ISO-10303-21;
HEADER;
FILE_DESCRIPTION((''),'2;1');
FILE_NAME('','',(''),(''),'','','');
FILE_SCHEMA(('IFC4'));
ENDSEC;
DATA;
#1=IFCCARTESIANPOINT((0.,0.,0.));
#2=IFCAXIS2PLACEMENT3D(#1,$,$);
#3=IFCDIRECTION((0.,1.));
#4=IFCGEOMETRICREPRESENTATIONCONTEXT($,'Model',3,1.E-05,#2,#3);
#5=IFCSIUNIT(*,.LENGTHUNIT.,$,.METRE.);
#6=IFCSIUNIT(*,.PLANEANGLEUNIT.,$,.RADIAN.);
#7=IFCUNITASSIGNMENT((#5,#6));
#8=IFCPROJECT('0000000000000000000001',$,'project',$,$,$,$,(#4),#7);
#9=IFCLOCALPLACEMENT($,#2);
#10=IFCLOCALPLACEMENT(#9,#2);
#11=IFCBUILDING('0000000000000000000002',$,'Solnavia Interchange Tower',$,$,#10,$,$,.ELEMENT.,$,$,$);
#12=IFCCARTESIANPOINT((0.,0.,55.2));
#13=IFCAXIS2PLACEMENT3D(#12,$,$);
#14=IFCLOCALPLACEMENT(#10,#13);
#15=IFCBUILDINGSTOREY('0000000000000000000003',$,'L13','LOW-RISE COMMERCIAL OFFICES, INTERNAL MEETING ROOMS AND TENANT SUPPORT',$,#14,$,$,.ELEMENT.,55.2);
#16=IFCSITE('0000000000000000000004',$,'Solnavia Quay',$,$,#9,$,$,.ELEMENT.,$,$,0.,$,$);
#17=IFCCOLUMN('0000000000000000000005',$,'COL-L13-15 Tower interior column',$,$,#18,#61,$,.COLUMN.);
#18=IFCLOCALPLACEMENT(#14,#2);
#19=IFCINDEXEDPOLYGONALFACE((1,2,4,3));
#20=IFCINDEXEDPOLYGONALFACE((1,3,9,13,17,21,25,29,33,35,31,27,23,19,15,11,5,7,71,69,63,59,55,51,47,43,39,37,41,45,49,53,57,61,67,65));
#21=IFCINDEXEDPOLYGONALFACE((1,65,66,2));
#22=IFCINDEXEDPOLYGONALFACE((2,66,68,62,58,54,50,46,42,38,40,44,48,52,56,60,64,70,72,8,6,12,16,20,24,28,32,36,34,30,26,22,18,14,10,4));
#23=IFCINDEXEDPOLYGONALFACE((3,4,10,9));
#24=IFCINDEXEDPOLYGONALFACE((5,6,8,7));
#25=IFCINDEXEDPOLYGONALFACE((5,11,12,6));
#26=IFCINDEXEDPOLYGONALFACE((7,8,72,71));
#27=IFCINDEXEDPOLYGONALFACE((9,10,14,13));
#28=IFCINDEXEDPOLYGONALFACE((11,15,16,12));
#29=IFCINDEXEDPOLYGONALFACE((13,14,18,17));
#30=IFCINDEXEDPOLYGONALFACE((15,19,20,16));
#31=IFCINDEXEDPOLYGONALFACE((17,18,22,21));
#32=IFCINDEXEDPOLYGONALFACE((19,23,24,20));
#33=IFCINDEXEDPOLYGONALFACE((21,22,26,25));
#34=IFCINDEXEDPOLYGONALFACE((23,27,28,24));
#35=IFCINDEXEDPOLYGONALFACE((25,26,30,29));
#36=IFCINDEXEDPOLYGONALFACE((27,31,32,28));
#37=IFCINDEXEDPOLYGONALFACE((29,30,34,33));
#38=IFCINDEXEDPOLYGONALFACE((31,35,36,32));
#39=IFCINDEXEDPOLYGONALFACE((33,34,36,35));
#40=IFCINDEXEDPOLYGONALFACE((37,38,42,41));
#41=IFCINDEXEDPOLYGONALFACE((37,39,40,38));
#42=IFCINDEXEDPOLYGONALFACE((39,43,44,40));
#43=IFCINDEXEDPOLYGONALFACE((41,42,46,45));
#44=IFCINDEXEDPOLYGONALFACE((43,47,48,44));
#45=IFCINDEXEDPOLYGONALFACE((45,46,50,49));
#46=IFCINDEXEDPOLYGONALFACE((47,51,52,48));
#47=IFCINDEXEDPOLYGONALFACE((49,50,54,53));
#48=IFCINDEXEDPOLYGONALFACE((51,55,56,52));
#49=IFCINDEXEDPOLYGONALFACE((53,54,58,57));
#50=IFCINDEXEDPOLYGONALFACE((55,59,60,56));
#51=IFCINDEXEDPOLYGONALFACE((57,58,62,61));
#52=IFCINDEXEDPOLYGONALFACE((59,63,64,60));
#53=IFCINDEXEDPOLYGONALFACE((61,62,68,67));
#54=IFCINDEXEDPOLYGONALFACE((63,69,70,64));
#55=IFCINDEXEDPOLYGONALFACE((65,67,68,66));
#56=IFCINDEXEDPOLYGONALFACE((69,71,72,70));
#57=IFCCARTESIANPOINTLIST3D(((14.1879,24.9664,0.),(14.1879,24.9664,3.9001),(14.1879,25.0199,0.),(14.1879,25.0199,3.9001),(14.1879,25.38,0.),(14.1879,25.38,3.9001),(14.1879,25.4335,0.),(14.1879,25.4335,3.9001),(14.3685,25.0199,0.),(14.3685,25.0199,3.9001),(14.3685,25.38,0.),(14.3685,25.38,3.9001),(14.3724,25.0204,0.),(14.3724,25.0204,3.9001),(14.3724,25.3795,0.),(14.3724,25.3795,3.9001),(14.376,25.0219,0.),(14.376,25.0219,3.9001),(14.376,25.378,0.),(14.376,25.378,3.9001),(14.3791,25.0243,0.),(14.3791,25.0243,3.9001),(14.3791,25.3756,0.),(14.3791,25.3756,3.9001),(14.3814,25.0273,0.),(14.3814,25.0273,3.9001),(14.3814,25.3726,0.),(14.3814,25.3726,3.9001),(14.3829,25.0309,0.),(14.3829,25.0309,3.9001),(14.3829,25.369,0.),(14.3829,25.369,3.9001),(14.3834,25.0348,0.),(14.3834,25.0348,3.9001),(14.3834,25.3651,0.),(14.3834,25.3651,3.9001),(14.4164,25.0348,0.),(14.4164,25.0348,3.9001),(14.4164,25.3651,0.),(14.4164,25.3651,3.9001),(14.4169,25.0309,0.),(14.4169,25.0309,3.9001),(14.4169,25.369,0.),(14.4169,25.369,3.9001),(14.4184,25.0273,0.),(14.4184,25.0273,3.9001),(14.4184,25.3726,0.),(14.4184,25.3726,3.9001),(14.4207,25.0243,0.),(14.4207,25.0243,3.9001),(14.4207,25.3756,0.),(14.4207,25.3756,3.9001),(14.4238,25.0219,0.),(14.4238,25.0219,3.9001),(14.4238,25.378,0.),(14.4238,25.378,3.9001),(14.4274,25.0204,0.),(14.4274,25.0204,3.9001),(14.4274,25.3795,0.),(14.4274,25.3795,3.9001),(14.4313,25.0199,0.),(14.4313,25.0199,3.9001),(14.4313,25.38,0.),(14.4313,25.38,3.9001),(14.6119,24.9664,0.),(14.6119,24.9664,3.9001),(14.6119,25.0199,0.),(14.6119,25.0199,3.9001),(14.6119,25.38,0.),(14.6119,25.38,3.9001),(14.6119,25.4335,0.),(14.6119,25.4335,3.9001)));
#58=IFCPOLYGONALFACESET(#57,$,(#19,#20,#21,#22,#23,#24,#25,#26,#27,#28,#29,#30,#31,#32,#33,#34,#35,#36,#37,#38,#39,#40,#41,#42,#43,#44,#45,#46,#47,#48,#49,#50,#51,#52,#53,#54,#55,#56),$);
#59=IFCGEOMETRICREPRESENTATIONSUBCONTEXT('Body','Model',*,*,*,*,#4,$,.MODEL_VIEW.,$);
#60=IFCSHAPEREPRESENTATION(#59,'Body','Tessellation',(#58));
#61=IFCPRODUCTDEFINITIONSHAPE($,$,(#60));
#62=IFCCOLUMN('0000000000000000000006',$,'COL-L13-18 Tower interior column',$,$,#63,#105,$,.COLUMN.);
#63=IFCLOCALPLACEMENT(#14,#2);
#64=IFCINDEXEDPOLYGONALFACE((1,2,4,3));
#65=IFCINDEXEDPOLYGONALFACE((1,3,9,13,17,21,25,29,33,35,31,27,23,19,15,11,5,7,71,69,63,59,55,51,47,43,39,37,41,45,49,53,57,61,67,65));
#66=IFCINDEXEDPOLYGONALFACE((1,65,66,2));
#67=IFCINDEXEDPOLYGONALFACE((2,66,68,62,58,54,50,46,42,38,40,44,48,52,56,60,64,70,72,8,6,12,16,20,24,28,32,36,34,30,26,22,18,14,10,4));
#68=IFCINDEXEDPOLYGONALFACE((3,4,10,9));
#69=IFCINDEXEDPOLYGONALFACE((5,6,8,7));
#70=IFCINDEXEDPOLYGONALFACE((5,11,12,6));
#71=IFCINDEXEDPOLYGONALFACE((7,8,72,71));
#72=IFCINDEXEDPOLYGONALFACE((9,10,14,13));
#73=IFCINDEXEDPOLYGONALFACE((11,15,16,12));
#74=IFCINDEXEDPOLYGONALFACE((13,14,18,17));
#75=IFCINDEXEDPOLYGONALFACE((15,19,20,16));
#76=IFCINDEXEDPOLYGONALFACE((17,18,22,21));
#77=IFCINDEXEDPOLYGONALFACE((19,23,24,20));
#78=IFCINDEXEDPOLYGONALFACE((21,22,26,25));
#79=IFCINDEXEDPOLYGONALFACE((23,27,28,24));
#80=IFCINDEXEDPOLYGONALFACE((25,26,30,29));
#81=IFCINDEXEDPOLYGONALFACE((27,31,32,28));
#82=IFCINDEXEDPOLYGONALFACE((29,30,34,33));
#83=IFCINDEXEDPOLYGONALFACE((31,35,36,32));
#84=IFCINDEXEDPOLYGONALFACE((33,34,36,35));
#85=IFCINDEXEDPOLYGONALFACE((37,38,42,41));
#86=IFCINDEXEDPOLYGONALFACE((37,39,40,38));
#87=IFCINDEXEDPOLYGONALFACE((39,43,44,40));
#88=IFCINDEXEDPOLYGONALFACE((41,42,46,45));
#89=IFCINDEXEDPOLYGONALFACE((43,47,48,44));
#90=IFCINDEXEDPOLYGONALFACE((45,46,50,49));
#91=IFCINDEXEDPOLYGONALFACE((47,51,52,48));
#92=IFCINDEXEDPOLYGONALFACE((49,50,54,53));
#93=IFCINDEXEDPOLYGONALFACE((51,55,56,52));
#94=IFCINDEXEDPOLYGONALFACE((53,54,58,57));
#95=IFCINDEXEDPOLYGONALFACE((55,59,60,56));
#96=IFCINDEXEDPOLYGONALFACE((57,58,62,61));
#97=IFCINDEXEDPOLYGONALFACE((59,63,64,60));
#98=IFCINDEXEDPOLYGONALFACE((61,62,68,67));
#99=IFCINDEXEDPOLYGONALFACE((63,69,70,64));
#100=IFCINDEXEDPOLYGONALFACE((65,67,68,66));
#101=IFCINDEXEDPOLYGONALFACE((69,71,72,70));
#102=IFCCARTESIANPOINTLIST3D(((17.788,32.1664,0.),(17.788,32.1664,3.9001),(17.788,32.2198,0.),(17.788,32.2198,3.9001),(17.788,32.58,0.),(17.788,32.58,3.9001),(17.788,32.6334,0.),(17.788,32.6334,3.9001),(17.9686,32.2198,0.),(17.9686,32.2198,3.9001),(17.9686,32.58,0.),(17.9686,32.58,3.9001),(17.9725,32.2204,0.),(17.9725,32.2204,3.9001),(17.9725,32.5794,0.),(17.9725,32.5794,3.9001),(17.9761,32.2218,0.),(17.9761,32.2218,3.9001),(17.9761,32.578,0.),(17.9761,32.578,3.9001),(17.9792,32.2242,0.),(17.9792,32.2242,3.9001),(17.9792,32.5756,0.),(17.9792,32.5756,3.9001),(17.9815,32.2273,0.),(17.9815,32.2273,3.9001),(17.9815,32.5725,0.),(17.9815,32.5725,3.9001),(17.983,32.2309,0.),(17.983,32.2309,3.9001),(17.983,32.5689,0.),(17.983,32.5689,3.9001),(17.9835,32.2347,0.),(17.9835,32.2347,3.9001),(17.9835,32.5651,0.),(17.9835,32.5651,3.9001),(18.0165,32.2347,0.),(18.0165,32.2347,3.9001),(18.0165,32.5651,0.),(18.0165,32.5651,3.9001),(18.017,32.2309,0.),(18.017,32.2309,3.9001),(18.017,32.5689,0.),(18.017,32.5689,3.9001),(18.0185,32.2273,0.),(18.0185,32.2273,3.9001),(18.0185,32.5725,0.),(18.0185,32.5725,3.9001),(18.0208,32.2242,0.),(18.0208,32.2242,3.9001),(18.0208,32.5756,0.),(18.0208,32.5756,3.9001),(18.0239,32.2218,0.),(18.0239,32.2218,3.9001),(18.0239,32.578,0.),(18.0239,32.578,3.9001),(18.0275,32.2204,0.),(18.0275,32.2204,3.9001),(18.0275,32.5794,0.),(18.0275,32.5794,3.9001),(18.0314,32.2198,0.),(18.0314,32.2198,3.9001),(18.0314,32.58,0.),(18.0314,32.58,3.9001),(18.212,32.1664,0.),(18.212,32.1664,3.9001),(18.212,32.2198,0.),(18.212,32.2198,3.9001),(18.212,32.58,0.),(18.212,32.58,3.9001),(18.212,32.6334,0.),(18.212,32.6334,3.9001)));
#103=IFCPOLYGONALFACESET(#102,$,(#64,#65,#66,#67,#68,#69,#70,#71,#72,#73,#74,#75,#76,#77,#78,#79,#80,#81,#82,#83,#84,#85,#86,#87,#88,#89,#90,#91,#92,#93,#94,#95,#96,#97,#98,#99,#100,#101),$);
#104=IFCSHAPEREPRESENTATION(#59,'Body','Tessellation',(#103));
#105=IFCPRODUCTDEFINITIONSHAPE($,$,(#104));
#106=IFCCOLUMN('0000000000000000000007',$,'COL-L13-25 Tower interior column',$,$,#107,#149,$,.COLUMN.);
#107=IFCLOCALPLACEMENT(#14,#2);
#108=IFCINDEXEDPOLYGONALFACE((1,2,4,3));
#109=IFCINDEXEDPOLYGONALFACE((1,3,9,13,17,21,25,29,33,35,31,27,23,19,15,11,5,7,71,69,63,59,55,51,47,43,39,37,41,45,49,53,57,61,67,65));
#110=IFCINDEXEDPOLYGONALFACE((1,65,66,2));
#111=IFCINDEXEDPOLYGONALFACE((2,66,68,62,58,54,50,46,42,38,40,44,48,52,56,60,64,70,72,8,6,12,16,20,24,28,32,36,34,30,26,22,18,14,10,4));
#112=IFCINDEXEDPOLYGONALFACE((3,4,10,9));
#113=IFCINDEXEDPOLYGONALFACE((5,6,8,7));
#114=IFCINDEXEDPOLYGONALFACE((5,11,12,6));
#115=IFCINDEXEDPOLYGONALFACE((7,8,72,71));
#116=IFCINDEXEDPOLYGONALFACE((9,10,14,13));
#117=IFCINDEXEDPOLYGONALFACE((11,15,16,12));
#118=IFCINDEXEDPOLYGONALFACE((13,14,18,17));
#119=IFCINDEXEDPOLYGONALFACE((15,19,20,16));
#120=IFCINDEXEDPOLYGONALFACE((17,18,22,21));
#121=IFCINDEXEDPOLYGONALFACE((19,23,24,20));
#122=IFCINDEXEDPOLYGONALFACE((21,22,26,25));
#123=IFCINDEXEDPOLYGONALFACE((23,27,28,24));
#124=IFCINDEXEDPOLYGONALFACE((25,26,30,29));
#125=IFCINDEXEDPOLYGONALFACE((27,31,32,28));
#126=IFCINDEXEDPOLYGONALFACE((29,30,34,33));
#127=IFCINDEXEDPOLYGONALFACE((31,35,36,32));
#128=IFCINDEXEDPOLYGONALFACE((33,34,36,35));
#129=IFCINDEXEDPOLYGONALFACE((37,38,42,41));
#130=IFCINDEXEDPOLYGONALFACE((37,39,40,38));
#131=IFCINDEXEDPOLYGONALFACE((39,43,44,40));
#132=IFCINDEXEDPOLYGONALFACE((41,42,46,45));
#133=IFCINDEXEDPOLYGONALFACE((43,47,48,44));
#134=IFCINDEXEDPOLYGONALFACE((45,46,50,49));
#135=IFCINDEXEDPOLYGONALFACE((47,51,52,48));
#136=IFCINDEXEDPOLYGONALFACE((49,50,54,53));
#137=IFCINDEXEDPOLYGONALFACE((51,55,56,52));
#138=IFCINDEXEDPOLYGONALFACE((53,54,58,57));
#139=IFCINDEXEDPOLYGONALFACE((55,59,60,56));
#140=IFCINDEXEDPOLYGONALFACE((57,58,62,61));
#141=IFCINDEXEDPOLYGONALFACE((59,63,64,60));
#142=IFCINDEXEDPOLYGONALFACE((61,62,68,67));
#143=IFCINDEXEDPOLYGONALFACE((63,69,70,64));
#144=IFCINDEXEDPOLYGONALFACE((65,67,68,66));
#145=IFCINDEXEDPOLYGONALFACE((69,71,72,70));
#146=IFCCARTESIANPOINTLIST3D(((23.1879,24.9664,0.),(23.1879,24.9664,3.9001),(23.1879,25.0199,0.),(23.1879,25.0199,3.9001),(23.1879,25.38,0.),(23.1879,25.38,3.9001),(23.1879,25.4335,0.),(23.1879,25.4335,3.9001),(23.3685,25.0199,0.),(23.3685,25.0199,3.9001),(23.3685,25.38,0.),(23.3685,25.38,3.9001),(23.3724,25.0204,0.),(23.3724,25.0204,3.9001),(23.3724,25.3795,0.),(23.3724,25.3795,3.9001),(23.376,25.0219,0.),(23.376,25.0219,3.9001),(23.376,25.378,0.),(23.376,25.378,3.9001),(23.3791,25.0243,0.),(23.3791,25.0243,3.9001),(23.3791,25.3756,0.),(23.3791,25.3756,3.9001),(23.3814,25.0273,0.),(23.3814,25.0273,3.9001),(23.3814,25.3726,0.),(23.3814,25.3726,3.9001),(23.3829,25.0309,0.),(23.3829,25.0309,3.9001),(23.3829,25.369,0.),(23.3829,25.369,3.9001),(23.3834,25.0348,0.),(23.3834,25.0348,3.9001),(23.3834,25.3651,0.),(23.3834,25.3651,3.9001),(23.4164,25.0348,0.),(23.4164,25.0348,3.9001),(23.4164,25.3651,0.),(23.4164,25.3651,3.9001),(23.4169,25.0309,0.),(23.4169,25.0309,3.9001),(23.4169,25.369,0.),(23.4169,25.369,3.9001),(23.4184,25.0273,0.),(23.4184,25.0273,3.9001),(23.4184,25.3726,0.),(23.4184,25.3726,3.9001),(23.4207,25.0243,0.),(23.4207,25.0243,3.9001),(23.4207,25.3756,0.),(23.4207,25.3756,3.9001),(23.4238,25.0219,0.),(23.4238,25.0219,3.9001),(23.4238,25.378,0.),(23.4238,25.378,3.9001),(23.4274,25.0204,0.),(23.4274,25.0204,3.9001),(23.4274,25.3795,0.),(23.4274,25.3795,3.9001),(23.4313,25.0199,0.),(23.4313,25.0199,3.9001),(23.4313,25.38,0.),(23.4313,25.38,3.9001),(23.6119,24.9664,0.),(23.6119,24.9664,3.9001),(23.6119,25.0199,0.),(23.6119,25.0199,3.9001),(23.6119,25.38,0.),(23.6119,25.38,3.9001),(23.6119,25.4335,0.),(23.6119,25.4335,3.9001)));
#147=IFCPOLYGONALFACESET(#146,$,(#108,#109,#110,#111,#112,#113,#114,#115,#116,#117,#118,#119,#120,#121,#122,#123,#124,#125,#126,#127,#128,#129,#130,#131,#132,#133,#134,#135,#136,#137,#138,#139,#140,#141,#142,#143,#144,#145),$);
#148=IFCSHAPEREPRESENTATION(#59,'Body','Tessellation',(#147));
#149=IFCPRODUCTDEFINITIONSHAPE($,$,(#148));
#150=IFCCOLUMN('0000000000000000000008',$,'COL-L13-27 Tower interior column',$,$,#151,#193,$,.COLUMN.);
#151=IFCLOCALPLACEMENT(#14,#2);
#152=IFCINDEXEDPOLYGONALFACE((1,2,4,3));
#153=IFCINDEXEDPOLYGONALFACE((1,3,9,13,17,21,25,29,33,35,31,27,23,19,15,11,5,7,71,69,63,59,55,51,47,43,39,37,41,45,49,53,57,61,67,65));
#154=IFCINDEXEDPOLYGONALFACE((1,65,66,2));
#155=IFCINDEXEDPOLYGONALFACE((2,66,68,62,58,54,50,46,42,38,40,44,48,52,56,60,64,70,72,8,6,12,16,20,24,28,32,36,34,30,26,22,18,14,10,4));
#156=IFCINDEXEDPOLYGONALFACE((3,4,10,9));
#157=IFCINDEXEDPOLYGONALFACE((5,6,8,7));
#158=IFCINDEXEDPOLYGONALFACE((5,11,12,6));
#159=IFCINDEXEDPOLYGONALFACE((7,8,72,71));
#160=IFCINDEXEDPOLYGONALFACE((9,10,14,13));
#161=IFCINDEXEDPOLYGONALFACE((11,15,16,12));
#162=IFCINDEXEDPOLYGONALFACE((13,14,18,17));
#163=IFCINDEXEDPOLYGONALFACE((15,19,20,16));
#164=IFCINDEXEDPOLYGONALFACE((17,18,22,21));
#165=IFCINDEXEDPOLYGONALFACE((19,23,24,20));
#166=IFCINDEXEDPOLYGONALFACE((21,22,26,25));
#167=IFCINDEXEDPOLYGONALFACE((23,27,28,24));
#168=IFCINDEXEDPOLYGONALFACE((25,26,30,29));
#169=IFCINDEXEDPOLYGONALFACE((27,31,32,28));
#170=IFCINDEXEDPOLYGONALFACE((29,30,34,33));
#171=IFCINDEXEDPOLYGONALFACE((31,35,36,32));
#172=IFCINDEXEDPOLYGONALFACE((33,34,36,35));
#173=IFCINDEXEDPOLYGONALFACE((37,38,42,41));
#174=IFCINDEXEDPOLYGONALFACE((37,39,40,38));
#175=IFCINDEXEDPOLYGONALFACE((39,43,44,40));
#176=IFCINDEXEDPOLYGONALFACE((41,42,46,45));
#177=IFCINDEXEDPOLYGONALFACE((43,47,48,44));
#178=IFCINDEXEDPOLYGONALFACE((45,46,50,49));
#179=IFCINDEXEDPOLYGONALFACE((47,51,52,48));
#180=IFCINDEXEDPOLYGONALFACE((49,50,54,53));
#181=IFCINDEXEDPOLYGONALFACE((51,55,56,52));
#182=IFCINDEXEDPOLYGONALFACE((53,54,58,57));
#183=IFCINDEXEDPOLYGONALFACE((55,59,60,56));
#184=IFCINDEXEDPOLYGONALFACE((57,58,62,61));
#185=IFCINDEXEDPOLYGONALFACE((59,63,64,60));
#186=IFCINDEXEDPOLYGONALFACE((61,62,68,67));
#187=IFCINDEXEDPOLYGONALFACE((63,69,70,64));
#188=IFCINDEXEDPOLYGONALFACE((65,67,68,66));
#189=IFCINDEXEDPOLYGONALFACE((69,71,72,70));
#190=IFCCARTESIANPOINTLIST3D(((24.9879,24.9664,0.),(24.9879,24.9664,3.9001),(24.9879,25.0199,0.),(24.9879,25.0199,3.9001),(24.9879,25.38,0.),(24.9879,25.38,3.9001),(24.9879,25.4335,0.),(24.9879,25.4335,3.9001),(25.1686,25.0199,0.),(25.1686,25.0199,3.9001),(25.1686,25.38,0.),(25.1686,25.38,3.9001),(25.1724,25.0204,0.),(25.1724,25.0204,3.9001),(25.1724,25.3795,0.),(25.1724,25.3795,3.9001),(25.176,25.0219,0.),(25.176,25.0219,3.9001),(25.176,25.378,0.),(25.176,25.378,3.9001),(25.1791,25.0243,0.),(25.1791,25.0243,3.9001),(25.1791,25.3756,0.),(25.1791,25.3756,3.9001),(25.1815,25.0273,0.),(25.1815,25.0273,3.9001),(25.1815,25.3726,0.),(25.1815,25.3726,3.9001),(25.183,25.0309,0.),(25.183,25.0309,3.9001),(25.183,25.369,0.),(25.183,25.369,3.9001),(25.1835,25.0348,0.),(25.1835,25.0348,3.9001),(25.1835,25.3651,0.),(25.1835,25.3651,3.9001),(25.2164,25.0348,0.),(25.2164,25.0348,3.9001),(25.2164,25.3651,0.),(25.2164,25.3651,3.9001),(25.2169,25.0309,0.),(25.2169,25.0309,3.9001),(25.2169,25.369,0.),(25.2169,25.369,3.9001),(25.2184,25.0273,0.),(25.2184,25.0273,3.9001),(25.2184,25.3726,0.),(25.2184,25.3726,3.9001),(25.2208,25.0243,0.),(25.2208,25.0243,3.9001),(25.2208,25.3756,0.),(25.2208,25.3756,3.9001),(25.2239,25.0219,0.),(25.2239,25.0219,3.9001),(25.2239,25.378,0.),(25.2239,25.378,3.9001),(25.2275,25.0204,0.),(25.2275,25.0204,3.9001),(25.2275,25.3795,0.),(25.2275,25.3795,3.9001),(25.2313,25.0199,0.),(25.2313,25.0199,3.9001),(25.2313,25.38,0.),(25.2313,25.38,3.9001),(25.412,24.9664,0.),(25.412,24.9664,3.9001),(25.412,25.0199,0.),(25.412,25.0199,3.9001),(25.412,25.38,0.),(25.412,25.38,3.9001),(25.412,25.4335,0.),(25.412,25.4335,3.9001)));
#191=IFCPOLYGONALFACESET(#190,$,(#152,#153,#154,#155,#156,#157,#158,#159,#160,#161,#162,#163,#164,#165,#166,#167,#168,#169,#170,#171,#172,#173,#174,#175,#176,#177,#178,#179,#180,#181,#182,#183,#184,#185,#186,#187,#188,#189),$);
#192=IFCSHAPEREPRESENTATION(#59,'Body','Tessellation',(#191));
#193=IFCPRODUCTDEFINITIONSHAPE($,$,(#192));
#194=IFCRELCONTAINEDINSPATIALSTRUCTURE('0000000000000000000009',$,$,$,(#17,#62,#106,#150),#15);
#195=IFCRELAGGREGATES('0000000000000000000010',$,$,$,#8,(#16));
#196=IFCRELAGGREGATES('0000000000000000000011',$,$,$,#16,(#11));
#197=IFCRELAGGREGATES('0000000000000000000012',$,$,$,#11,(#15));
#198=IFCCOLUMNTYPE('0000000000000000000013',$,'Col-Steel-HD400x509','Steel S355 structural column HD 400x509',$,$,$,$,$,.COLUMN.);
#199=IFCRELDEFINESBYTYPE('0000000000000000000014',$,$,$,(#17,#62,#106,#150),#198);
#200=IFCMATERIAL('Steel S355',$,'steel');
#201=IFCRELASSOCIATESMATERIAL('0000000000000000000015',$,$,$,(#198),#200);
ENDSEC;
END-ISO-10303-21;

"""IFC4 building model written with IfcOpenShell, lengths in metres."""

from ifc_helpers import new_model, si_unit, direction, frame, origin, origin_2d, place, context, subcontext, project, spatial, i_section, extrude, material, material_profile, profile_set, type_object, element, save


model = new_model("IFC4")

# Units and contexts
model_context = context("Model", 3, precision=1e-05, world=origin(), true_north=direction((0.0, 1.0)))
body_context = subcontext(model_context, "Body", "Model", "MODEL_VIEW")
ifc_project = project(units=[si_unit("LENGTHUNIT", "METRE"), si_unit("PLANEANGLEUNIT", "RADIAN")], contexts=[model_context])

# Site, building, storey
site_placement = place(None, origin())
site = spatial("IfcSite", under=ifc_project, at=site_placement, Name="Solnavia Quay", CompositionType="ELEMENT", RefElevation=0.0)
building_placement = place(site_placement, origin())
building = spatial("IfcBuilding", under=site, at=building_placement, Name="Solnavia Interchange Tower", CompositionType="ELEMENT")
storey_placement = place(building_placement, frame((0.0, 0.0, 55.2)))
storey = spatial("IfcBuildingStorey", under=building, at=storey_placement, Name="L13", Description="LOW-RISE COMMERCIAL OFFICES, INTERNAL MEETING ROOMS AND TENANT SUPPORT", CompositionType="ELEMENT", Elevation=55.2)

# Columns
ifc_material_1 = material(Name="Steel S355", Category="steel")
ifc_material_profile_1 = material_profile(ifc_material_1, i_section(OverallWidth=0.4241, OverallDepth=0.467, WebThickness=0.033, FlangeThickness=0.0535, FilletRadius=0.0149, at=origin_2d()), Name="HD 400x509")
ifc_profile_set_1 = profile_set([ifc_material_profile_1], Name="Steel S355")
column_type = type_object("IfcColumnType", Name="Col-Steel-HD400x509", Description="Steel S355 structural column HD 400x509", PredefinedType="COLUMN", material=ifc_profile_set_1)
for number, where, z_axis, x_axis, name in (
    (1, (14.3999, 25.2, 0.0), (0.0, 0.0, 1.0), (1.0, 0.0, 0.0), "COL-L13-15 Tower interior column"),
    (2, (18.0, 32.3999, 0.0), (0.0, 0.0, 1.0), (1.0, 0.0, 0.0), "COL-L13-18 Tower interior column"),
    (3, (23.3999, 25.2, 0.0), (0.0, 0.0, 1.0), (1.0, 0.0, 0.0), "COL-L13-25 Tower interior column"),
    (4, (25.2, 25.2, 0.0), (0.0, 0.0, 1.0), (1.0, 0.0, 0.0), "COL-L13-27 Tower interior column"),
):
    element("IfcColumn", number, at=place(storey_placement, frame(where, z_axis=z_axis, x_axis=x_axis)), inside=storey, type_object=column_type, Name=name, PredefinedType="COLUMN", context=body_context, shape_type="SweptSolid", body=[
        extrude(i_section(OverallWidth=0.4241, OverallDepth=0.467, WebThickness=0.033, FlangeThickness=0.0535, FilletRadius=0.0149, at=origin_2d()), origin(), (0.0, 0.0, 1.0), 3.9001),
    ])

save(model, "model.ifc")
